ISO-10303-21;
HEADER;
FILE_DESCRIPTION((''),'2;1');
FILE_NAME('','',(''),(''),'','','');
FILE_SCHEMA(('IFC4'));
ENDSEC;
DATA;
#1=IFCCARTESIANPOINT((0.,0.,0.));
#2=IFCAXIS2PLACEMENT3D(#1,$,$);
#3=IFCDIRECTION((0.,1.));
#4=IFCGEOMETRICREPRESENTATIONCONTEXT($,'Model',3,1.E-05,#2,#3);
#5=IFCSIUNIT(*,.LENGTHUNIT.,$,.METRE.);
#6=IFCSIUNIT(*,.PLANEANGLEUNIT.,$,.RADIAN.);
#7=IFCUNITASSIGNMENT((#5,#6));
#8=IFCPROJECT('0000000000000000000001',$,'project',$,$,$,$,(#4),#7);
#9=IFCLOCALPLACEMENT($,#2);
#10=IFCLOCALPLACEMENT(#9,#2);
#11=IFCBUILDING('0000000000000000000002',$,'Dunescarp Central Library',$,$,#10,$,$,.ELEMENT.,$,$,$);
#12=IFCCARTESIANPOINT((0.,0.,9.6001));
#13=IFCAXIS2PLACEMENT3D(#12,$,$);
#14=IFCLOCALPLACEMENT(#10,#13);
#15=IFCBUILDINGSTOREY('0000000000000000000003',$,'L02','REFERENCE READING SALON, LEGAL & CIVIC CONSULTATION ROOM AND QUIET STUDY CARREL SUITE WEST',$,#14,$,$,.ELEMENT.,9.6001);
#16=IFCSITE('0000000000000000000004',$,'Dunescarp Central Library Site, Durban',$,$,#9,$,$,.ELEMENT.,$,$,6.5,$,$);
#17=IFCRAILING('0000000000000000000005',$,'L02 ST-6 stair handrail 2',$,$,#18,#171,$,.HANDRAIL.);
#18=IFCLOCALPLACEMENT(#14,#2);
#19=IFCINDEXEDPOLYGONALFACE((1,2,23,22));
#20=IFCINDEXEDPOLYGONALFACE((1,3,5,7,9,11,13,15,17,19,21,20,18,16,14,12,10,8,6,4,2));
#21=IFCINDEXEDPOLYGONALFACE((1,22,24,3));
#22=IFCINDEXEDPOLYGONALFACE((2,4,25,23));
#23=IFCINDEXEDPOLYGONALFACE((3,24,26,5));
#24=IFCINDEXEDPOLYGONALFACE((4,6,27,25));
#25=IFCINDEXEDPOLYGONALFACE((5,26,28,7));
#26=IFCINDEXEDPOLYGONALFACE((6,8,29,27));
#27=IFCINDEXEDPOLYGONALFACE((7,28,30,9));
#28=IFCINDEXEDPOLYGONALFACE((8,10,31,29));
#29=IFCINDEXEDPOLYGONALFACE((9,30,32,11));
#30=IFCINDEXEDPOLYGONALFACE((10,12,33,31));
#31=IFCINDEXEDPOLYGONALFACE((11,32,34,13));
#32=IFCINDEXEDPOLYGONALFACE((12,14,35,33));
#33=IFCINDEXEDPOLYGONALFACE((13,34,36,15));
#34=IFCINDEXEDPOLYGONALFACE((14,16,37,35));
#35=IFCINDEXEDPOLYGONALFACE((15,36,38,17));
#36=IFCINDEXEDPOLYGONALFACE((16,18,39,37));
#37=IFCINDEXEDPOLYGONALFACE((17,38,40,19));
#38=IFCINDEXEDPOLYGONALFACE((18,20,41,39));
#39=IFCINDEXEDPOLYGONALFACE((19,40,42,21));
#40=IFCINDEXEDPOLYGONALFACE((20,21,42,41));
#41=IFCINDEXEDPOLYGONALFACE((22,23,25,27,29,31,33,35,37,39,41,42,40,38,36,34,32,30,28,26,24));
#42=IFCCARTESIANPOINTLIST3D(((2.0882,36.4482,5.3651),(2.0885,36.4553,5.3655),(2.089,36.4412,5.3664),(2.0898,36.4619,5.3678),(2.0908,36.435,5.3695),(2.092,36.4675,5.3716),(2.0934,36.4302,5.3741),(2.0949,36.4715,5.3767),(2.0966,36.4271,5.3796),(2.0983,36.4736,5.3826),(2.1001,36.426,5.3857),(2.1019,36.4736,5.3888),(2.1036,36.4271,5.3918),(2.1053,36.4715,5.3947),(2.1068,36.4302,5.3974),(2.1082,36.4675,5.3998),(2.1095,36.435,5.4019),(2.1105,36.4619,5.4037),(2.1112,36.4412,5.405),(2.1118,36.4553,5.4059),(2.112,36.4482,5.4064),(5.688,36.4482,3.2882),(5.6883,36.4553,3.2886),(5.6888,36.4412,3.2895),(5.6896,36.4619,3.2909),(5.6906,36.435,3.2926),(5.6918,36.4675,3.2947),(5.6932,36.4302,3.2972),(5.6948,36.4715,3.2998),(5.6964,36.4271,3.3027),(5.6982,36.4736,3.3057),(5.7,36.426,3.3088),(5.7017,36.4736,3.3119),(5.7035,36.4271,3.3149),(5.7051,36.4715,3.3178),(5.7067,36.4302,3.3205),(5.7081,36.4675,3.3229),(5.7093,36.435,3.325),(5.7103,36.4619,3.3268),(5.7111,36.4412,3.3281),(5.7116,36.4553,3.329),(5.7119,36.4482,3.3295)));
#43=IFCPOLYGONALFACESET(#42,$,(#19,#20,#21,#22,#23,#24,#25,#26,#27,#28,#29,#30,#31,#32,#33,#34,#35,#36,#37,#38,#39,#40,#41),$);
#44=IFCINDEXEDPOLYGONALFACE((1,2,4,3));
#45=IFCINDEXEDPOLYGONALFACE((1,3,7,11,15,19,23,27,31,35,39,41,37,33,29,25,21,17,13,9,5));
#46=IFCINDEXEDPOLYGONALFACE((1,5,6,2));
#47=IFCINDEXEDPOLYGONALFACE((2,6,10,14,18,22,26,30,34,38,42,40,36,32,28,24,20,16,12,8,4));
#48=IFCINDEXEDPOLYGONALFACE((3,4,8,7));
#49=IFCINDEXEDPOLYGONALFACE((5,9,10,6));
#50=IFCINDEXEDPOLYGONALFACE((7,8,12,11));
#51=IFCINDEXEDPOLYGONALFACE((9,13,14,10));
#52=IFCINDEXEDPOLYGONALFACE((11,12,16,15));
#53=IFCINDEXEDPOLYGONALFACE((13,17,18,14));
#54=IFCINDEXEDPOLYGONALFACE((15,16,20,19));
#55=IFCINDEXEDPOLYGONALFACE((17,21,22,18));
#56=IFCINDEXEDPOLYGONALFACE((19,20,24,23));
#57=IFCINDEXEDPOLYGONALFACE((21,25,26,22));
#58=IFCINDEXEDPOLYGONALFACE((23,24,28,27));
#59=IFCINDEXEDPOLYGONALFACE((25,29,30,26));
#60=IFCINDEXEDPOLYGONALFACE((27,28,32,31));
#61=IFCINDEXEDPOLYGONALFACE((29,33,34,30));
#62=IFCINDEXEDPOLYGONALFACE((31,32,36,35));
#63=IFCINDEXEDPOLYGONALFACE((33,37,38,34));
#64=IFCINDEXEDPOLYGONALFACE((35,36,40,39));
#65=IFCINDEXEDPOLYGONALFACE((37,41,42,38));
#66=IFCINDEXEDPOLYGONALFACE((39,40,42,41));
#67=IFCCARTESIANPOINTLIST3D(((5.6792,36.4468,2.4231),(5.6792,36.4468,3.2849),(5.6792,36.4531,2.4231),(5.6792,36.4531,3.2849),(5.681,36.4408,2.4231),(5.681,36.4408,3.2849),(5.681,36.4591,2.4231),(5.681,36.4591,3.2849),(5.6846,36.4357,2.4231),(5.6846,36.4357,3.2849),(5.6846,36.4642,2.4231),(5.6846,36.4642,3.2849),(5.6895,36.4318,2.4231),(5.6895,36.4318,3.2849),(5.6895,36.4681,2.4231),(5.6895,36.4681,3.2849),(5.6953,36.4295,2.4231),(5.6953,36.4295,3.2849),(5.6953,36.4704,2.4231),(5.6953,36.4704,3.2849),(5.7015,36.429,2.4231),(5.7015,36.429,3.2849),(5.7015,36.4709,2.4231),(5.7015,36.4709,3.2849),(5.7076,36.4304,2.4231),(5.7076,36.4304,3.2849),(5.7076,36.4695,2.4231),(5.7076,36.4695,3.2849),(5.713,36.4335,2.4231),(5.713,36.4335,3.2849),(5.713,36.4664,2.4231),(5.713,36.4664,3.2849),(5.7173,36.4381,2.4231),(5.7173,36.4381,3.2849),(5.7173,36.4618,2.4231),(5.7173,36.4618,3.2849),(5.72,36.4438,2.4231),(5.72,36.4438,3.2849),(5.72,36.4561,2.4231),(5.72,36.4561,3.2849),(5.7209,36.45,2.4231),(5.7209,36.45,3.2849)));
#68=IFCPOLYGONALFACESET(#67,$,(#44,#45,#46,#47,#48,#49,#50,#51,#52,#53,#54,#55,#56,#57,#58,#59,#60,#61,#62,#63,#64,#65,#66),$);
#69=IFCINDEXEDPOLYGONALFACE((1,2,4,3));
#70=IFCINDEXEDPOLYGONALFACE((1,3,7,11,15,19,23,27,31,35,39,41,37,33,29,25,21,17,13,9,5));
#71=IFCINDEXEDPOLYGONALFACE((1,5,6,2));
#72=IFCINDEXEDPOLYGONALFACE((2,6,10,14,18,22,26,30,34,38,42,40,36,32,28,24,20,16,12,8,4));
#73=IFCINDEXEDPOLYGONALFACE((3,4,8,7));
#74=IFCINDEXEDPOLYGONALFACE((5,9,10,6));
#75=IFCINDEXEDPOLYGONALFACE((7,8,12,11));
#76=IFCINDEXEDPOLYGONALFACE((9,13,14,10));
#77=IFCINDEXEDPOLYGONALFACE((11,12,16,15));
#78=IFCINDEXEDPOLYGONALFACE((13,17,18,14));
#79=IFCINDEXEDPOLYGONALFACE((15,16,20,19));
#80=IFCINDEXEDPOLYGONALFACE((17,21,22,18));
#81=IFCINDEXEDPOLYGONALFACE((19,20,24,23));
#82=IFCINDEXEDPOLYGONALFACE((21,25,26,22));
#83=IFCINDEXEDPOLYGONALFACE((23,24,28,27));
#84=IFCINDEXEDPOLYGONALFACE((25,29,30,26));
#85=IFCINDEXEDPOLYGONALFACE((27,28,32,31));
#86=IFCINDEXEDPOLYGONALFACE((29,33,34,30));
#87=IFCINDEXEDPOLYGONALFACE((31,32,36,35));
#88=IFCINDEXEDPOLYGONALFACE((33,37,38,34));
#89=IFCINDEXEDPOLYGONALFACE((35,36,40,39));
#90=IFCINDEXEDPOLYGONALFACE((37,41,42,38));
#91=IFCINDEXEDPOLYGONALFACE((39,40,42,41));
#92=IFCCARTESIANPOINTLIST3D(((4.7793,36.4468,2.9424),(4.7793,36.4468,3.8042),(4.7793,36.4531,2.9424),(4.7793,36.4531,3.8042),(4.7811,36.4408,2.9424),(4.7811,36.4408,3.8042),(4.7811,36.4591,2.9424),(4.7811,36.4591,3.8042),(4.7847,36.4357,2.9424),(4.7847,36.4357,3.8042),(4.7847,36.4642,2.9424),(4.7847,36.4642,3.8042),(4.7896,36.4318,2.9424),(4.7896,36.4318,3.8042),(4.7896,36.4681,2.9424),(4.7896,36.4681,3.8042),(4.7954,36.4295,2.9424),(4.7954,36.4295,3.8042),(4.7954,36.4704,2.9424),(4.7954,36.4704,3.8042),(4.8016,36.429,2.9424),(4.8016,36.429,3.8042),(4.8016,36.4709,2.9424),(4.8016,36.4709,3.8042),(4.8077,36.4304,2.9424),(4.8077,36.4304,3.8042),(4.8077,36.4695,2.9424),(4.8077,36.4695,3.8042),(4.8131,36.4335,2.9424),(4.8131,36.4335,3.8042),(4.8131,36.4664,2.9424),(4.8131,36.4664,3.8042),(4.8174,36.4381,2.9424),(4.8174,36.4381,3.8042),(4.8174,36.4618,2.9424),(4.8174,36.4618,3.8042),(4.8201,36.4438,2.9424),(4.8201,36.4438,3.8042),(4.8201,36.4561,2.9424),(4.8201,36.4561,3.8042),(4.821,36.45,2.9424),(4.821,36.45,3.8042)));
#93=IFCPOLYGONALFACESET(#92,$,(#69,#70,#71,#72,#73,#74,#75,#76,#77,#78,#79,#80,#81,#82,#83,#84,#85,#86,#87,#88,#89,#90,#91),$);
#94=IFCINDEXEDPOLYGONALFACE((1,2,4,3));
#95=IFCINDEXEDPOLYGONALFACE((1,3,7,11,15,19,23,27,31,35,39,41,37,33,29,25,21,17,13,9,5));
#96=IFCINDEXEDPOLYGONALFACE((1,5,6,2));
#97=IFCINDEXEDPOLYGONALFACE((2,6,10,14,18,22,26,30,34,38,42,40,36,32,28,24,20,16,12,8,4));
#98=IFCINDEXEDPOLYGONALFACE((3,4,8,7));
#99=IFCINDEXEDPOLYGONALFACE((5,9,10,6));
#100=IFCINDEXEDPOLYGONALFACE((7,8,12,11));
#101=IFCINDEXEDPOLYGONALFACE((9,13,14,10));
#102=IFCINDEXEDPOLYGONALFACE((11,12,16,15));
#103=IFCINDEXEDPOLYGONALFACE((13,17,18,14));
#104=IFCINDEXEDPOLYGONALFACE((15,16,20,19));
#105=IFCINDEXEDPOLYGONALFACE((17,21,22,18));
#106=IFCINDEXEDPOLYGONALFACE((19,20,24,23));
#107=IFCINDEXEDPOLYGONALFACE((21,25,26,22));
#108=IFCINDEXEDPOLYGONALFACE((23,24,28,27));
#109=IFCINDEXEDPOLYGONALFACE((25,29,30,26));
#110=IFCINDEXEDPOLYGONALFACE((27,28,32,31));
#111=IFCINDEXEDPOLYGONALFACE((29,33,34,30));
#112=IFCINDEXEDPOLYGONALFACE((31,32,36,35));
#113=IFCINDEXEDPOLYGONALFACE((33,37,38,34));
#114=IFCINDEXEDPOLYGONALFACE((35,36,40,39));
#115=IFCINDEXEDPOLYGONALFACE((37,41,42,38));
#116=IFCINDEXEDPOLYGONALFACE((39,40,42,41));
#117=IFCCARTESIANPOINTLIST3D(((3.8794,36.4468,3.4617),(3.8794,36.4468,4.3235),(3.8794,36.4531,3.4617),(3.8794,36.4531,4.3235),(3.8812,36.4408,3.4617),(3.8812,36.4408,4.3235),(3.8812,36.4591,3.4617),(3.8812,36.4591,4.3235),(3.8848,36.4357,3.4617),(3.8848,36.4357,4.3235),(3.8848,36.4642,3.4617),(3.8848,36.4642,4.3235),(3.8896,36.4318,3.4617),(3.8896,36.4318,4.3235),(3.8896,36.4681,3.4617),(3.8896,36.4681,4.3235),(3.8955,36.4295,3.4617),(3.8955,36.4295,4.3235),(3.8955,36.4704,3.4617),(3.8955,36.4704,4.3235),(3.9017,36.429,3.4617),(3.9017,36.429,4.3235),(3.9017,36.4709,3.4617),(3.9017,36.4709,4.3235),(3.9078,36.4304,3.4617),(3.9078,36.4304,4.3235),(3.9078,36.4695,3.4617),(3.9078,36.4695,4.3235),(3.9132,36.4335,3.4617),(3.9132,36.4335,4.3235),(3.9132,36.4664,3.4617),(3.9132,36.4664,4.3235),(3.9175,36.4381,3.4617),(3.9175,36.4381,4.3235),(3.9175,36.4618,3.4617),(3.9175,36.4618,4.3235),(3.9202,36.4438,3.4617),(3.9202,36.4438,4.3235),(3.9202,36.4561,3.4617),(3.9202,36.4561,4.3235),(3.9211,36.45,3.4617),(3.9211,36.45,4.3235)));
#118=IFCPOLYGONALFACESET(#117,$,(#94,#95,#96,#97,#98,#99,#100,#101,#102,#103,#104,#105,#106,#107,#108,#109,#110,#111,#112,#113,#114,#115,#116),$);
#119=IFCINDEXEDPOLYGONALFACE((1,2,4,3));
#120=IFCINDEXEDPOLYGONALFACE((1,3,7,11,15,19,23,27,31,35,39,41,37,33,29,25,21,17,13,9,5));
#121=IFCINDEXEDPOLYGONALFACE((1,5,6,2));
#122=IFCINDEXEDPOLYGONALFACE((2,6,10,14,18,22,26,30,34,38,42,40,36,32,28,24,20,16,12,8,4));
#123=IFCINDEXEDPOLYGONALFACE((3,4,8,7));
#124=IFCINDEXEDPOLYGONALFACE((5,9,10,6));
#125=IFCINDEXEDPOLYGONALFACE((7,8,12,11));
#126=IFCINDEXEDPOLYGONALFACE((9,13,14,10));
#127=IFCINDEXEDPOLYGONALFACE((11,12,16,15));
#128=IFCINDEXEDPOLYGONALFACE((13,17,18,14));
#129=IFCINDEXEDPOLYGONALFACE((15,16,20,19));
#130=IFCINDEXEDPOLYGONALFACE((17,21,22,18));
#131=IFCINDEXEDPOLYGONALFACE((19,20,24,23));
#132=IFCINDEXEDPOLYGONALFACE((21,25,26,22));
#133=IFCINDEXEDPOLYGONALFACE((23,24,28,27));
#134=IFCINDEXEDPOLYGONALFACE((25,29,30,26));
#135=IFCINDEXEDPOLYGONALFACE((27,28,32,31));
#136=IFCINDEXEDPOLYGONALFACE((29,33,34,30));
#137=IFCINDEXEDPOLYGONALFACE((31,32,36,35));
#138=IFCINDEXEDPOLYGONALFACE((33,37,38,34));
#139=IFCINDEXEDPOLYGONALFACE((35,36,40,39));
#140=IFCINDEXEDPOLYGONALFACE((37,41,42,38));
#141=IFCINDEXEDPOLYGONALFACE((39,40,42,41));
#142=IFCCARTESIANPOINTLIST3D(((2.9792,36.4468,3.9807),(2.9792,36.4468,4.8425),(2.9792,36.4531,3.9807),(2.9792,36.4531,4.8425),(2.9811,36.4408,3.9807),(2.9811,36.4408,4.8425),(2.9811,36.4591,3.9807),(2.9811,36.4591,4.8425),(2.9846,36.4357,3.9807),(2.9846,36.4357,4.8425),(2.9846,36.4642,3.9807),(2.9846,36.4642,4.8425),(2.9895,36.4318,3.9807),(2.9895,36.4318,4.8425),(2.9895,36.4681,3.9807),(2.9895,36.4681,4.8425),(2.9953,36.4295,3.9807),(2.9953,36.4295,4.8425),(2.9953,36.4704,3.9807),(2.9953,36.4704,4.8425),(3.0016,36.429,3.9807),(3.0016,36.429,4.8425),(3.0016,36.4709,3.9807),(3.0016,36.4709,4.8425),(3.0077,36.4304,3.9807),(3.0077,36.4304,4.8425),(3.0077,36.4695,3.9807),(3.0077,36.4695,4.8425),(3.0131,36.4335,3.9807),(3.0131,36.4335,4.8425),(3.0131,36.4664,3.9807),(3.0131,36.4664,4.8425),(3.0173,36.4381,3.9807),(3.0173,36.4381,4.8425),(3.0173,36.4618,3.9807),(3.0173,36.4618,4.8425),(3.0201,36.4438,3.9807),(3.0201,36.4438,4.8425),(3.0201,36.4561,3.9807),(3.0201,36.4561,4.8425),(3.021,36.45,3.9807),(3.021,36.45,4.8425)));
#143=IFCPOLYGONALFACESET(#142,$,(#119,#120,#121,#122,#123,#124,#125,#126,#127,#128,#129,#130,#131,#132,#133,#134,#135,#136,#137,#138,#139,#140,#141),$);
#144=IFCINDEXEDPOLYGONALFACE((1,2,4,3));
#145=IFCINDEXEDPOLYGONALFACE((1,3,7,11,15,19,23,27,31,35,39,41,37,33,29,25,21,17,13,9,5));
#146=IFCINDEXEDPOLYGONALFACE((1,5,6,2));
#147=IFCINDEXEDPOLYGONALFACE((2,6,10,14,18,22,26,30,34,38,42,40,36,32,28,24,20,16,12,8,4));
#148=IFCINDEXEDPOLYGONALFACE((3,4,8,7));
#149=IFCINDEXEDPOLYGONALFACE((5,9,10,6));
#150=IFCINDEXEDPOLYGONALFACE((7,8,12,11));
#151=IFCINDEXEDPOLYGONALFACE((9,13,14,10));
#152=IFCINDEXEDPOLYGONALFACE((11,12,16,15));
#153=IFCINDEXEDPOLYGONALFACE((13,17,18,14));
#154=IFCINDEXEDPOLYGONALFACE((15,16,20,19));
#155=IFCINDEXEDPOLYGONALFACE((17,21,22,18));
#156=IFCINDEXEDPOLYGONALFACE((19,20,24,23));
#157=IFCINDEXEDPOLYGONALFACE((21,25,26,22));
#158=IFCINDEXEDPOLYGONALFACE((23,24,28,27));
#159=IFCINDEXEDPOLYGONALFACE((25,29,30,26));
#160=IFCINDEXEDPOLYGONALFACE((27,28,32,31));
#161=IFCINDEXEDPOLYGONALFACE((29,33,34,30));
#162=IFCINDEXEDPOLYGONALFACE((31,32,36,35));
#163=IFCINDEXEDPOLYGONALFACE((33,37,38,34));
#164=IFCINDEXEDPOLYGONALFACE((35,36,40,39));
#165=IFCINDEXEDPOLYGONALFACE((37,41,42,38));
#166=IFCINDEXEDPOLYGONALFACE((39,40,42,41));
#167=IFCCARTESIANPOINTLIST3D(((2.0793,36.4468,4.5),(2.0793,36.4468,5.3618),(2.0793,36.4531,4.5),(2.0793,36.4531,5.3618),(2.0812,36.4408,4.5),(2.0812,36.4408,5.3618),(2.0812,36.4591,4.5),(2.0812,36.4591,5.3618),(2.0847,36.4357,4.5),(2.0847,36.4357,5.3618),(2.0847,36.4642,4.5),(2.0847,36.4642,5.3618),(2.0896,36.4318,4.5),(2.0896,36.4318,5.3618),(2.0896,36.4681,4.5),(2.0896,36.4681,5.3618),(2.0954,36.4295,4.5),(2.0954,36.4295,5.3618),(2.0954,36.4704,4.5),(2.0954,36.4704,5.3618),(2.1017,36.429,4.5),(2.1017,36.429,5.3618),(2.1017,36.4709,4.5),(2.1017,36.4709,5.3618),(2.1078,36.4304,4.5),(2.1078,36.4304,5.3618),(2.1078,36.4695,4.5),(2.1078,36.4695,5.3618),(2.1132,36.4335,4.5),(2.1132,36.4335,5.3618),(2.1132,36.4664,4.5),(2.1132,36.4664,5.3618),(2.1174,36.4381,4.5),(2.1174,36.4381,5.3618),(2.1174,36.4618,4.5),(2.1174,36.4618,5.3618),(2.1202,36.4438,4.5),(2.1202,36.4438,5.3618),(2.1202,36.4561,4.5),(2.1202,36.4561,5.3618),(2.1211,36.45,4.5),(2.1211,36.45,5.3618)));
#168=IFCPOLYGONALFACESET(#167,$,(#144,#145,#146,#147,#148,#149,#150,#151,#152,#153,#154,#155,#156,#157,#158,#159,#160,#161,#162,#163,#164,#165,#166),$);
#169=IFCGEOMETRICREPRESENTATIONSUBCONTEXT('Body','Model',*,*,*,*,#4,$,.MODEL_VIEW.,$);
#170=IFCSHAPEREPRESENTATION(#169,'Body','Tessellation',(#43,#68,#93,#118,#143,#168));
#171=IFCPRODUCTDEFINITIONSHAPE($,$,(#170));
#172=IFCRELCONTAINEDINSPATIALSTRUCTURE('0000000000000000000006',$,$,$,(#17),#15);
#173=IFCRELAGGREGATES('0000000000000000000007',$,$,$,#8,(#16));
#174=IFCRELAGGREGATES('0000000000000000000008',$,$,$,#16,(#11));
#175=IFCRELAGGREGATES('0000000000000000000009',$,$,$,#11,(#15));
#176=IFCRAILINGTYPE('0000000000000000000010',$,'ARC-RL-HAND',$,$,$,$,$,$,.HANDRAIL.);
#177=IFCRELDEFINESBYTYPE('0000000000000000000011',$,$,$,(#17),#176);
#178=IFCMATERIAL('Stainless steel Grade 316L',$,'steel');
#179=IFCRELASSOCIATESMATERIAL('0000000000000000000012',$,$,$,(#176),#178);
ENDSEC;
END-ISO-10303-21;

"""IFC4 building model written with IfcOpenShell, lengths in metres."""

from ifc_helpers import new_model, si_unit, direction, frame, origin, origin_2d, place, context, subcontext, project, spatial, circle, extrude, material, type_object, element, save


model = new_model("IFC4")

# Units and contexts
model_context = context("Model", 3, precision=1e-05, world=origin(), true_north=direction((0.0, 1.0)))
body_context = subcontext(model_context, "Body", "Model", "MODEL_VIEW")
ifc_project = project(units=[si_unit("LENGTHUNIT", "METRE"), si_unit("PLANEANGLEUNIT", "RADIAN")], contexts=[model_context])

# Site, building, storey
site_placement = place(None, origin())
site = spatial("IfcSite", under=ifc_project, at=site_placement, Name="Dunescarp Central Library Site, Durban", CompositionType="ELEMENT", RefElevation=6.5)
building_placement = place(site_placement, origin())
building = spatial("IfcBuilding", under=site, at=building_placement, Name="Dunescarp Central Library", CompositionType="ELEMENT")
storey_placement = place(building_placement, frame((0.0, 0.0, 9.6001)))
storey = spatial("IfcBuildingStorey", under=building, at=storey_placement, Name="L02", Description="REFERENCE READING SALON, LEGAL & CIVIC CONSULTATION ROOM AND QUIET STUDY CARREL SUITE WEST", CompositionType="ELEMENT", Elevation=9.6001)

# Railing
ifc_material_1 = material(Name="Stainless steel Grade 316L", Category="steel")
railing_type_1 = type_object("IfcRailingType", Name="ARC-RL-HAND", PredefinedType="HANDRAIL", material=ifc_material_1)
railing_1_placement = place(storey_placement, frame((5.7, 36.45, 2.4231)))
element("IfcRailing", 1, at=railing_1_placement, inside=storey, type_object=railing_type_1, Name="L02 ST-6 stair handrail 2", PredefinedType="HANDRAIL", context=body_context, shape_type="SweptSolid", body=[
    extrude(circle(Radius=0.0239, at=origin_2d()), frame((0.0, 0.0, 0.8857), z_axis=(-0.866179, 0.0, 0.499734), x_axis=(0.0, -1.0, 0.0)), (0.0, 0.0, 1.0), 4.156),
    extrude(circle(Radius=0.021, at=origin_2d()), origin(), (0.0, 0.0, 1.0), 0.8618),
    extrude(circle(Radius=0.021, at=origin_2d()), frame((-0.8999, 0.0, 0.5193)), (0.0, 0.0, 1.0), 0.8618),
    extrude(circle(Radius=0.021, at=origin_2d()), frame((-1.7998, 0.0, 1.0386)), (0.0, 0.0, 1.0), 0.8618),
    extrude(circle(Radius=0.021, at=origin_2d()), frame((-2.7, 0.0, 1.5576)), (0.0, 0.0, 1.0), 0.8618),
    extrude(circle(Radius=0.021, at=origin_2d()), frame((-3.5999, 0.0, 2.0769)), (0.0, 0.0, 1.0), 0.8618),
])

save(model, "model.ifc")
